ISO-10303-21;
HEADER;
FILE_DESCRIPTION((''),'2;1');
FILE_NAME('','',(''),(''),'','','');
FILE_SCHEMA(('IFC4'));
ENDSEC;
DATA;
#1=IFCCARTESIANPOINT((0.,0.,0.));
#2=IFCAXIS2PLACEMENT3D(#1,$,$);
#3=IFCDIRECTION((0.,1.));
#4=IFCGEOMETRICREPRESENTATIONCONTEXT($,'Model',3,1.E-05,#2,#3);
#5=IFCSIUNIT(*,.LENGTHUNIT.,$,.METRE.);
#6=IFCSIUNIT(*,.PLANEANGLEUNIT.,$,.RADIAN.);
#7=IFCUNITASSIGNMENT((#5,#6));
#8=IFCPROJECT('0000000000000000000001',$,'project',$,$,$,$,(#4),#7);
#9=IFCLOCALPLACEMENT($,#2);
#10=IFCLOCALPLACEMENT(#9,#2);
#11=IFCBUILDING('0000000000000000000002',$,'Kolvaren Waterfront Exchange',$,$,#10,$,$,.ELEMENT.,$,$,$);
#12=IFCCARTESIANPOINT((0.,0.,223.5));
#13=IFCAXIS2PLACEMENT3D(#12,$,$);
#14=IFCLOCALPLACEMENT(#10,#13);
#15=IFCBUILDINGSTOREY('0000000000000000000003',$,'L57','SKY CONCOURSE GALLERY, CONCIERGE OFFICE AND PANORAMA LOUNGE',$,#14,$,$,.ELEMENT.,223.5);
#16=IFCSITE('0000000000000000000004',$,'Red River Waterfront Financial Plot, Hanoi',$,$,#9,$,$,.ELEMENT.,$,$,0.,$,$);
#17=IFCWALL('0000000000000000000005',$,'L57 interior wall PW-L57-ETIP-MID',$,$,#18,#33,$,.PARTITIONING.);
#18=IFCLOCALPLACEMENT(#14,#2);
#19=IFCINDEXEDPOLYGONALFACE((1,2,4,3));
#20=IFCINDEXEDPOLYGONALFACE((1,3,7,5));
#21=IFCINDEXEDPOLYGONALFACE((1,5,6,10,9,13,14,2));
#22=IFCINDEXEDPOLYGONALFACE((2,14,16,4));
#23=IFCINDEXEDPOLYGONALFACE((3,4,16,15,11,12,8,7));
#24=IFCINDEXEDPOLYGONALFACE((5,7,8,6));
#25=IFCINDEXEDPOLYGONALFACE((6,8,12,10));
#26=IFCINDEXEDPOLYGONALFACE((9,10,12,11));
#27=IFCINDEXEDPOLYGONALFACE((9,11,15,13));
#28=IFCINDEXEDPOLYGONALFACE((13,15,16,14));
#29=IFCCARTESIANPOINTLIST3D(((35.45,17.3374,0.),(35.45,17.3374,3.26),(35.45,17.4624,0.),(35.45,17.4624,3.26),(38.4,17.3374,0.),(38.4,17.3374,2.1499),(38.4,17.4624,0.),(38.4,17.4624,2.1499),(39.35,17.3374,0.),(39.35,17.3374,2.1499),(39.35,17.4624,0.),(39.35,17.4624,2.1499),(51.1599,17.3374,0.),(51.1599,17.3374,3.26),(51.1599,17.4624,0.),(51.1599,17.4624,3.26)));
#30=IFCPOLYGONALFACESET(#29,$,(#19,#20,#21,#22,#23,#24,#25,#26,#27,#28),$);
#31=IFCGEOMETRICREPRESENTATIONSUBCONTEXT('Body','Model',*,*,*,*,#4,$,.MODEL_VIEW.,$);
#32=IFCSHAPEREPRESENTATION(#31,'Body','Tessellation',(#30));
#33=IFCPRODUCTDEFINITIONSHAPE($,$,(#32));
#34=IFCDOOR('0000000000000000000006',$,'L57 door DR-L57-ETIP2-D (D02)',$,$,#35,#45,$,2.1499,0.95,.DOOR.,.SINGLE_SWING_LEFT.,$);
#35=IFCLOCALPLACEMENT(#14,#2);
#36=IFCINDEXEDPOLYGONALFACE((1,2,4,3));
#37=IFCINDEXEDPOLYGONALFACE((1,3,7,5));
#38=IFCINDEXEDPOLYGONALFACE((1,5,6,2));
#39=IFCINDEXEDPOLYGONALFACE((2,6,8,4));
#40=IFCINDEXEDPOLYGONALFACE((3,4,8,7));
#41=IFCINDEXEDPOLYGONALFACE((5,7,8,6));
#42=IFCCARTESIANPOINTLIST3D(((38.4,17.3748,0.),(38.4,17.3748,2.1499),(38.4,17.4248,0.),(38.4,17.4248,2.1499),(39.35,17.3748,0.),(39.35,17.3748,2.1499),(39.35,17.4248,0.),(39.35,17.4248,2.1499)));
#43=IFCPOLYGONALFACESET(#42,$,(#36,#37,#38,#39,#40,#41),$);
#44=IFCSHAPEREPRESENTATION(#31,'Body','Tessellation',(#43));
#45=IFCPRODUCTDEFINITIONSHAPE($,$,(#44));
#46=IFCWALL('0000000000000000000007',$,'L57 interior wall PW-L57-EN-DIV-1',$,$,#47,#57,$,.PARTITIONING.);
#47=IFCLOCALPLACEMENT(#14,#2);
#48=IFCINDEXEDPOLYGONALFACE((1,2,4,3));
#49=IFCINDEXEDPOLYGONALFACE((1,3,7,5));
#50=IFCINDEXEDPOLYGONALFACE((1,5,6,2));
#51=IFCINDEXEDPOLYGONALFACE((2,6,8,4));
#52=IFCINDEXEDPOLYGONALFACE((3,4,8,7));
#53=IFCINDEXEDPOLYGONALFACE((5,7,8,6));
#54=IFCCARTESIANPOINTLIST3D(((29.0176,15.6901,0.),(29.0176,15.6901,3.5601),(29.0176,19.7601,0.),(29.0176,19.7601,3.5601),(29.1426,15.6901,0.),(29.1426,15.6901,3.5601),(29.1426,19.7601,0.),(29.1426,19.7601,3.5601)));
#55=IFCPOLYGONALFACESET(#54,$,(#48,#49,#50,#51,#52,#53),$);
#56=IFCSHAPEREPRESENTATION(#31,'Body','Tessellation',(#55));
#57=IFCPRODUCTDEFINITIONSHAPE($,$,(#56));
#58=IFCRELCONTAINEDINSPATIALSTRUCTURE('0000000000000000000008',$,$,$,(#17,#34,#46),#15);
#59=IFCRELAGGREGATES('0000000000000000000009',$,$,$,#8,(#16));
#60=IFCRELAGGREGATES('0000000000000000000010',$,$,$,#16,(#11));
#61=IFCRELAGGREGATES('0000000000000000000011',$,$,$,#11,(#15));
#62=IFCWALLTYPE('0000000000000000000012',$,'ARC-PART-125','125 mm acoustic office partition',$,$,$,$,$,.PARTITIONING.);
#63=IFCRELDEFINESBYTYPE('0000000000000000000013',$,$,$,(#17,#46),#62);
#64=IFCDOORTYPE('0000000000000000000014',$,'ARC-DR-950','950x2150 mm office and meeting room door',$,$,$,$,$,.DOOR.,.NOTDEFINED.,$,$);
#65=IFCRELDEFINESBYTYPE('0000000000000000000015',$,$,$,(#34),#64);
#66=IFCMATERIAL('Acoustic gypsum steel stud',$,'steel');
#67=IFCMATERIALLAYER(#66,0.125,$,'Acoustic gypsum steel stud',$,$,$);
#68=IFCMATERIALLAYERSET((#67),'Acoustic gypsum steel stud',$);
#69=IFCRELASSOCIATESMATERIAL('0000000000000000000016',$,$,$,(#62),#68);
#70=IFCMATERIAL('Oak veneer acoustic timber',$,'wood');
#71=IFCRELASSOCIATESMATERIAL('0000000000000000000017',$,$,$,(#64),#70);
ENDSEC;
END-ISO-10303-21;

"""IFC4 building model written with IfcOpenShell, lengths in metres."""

from ifc_helpers import new_model, si_unit, direction, frame, frame_2d, origin, place, context, subcontext, project, spatial, rectangle, extrude, material, layer, layer_set, type_object, element, fill, save


model = new_model("IFC4")

# Units and contexts
model_context = context("Model", 3, precision=1e-05, world=origin(), true_north=direction((0.0, 1.0)))
body_context = subcontext(model_context, "Body", "Model", "MODEL_VIEW")
ifc_project = project(units=[si_unit("LENGTHUNIT", "METRE"), si_unit("PLANEANGLEUNIT", "RADIAN")], contexts=[model_context])

# Site, building, storey
site_placement = place(None, origin())
site = spatial("IfcSite", under=ifc_project, at=site_placement, Name="Red River Waterfront Financial Plot, Hanoi", CompositionType="ELEMENT", RefElevation=0.0)
building_placement = place(site_placement, origin())
building = spatial("IfcBuilding", under=site, at=building_placement, Name="Kolvaren Waterfront Exchange", CompositionType="ELEMENT")
storey_placement = place(building_placement, frame((0.0, 0.0, 223.5)))
storey = spatial("IfcBuildingStorey", under=building, at=storey_placement, Name="L57", Description="SKY CONCOURSE GALLERY, CONCIERGE OFFICE AND PANORAMA LOUNGE", CompositionType="ELEMENT", Elevation=223.5)

# Wall, opening, door
ifc_material_1 = material(Name="Acoustic gypsum steel stud", Category="steel")
ifc_layer_1 = layer(ifc_material_1, 0.125, Name="Acoustic gypsum steel stud")
ifc_layer_set_1 = layer_set([ifc_layer_1], Name="Acoustic gypsum steel stud")
wall_type_1 = type_object("IfcWallType", Name="ARC-PART-125", Description="125 mm acoustic office partition", PredefinedType="PARTITIONING", material=ifc_layer_set_1)
wall_1_placement = place(storey_placement, frame((35.45, 17.3999, 0.0), z_axis=(0.0, 0.0, 1.0), x_axis=(1.0, 0.0, 0.0)))
wall_1 = element("IfcWall", 1, at=wall_1_placement, inside=storey, type_object=wall_type_1, Name="L57 interior wall PW-L57-ETIP-MID", PredefinedType="PARTITIONING", context=body_context, shape_type="SweptSolid", body=[
    extrude(rectangle(XDim=15.71, YDim=0.125, at=frame_2d((7.855, 0.0))), origin(), (0.0, 0.0, 1.0), 3.26),
])
opening_placement = place(wall_1_placement, frame((2.95, 0.0, 0.0)))
opening = element("IfcOpeningElement", 2, at=opening_placement, cuts=wall_1, PredefinedType="OPENING", context=body_context, shape_type="SweptSolid", body=[
    extrude(rectangle(XDim=0.95, YDim=2.1499, at=frame_2d((0.4751, 1.075))), frame((0.0, 0.0725, 0.0), z_axis=(0.0, -1.0, 0.0), x_axis=(1.0, 0.0, 0.0)), (0.0, 0.0, 1.0), 0.145),
])
ifc_material_2 = material(Name="Oak veneer acoustic timber", Category="wood")
door_type = type_object("IfcDoorType", Name="ARC-DR-950", Description="950x2150 mm office and meeting room door", OperationType="NOTDEFINED", PredefinedType="DOOR", material=ifc_material_2)
door_placement = place(opening_placement, origin())
door = element("IfcDoor", 3, at=door_placement, inside=storey, type_object=door_type, Name="L57 door DR-L57-ETIP2-D (D02)", OperationType="SINGLE_SWING_LEFT", OverallHeight=2.1499, OverallWidth=0.95, PredefinedType="DOOR", context=body_context, shape_type="SweptSolid", body=[
    extrude(rectangle(XDim=0.95, YDim=2.1499, at=frame_2d((0.4751, 1.075))), frame((0.0, 0.0249, 0.0), z_axis=(0.0, -1.0, 0.0), x_axis=(1.0, 0.0, 0.0)), (0.0, 0.0, 1.0), 0.05),
])
fill(opening, door)

# Wall
wall_2_placement = place(storey_placement, frame((29.0801, 15.6899, 0.0), z_axis=(0.0, 0.0, 1.0), x_axis=(0.0, 1.0, 0.0)))
element("IfcWall", 4, at=wall_2_placement, inside=storey, type_object=wall_type_1, Name="L57 interior wall PW-L57-EN-DIV-1", PredefinedType="PARTITIONING", context=body_context, shape_type="SweptSolid", body=[
    extrude(rectangle(XDim=4.0701, YDim=0.125, at=frame_2d((2.0352, 0.0))), origin(), (0.0, 0.0, 1.0), 3.5601),
])

save(model, "model.ifc")
